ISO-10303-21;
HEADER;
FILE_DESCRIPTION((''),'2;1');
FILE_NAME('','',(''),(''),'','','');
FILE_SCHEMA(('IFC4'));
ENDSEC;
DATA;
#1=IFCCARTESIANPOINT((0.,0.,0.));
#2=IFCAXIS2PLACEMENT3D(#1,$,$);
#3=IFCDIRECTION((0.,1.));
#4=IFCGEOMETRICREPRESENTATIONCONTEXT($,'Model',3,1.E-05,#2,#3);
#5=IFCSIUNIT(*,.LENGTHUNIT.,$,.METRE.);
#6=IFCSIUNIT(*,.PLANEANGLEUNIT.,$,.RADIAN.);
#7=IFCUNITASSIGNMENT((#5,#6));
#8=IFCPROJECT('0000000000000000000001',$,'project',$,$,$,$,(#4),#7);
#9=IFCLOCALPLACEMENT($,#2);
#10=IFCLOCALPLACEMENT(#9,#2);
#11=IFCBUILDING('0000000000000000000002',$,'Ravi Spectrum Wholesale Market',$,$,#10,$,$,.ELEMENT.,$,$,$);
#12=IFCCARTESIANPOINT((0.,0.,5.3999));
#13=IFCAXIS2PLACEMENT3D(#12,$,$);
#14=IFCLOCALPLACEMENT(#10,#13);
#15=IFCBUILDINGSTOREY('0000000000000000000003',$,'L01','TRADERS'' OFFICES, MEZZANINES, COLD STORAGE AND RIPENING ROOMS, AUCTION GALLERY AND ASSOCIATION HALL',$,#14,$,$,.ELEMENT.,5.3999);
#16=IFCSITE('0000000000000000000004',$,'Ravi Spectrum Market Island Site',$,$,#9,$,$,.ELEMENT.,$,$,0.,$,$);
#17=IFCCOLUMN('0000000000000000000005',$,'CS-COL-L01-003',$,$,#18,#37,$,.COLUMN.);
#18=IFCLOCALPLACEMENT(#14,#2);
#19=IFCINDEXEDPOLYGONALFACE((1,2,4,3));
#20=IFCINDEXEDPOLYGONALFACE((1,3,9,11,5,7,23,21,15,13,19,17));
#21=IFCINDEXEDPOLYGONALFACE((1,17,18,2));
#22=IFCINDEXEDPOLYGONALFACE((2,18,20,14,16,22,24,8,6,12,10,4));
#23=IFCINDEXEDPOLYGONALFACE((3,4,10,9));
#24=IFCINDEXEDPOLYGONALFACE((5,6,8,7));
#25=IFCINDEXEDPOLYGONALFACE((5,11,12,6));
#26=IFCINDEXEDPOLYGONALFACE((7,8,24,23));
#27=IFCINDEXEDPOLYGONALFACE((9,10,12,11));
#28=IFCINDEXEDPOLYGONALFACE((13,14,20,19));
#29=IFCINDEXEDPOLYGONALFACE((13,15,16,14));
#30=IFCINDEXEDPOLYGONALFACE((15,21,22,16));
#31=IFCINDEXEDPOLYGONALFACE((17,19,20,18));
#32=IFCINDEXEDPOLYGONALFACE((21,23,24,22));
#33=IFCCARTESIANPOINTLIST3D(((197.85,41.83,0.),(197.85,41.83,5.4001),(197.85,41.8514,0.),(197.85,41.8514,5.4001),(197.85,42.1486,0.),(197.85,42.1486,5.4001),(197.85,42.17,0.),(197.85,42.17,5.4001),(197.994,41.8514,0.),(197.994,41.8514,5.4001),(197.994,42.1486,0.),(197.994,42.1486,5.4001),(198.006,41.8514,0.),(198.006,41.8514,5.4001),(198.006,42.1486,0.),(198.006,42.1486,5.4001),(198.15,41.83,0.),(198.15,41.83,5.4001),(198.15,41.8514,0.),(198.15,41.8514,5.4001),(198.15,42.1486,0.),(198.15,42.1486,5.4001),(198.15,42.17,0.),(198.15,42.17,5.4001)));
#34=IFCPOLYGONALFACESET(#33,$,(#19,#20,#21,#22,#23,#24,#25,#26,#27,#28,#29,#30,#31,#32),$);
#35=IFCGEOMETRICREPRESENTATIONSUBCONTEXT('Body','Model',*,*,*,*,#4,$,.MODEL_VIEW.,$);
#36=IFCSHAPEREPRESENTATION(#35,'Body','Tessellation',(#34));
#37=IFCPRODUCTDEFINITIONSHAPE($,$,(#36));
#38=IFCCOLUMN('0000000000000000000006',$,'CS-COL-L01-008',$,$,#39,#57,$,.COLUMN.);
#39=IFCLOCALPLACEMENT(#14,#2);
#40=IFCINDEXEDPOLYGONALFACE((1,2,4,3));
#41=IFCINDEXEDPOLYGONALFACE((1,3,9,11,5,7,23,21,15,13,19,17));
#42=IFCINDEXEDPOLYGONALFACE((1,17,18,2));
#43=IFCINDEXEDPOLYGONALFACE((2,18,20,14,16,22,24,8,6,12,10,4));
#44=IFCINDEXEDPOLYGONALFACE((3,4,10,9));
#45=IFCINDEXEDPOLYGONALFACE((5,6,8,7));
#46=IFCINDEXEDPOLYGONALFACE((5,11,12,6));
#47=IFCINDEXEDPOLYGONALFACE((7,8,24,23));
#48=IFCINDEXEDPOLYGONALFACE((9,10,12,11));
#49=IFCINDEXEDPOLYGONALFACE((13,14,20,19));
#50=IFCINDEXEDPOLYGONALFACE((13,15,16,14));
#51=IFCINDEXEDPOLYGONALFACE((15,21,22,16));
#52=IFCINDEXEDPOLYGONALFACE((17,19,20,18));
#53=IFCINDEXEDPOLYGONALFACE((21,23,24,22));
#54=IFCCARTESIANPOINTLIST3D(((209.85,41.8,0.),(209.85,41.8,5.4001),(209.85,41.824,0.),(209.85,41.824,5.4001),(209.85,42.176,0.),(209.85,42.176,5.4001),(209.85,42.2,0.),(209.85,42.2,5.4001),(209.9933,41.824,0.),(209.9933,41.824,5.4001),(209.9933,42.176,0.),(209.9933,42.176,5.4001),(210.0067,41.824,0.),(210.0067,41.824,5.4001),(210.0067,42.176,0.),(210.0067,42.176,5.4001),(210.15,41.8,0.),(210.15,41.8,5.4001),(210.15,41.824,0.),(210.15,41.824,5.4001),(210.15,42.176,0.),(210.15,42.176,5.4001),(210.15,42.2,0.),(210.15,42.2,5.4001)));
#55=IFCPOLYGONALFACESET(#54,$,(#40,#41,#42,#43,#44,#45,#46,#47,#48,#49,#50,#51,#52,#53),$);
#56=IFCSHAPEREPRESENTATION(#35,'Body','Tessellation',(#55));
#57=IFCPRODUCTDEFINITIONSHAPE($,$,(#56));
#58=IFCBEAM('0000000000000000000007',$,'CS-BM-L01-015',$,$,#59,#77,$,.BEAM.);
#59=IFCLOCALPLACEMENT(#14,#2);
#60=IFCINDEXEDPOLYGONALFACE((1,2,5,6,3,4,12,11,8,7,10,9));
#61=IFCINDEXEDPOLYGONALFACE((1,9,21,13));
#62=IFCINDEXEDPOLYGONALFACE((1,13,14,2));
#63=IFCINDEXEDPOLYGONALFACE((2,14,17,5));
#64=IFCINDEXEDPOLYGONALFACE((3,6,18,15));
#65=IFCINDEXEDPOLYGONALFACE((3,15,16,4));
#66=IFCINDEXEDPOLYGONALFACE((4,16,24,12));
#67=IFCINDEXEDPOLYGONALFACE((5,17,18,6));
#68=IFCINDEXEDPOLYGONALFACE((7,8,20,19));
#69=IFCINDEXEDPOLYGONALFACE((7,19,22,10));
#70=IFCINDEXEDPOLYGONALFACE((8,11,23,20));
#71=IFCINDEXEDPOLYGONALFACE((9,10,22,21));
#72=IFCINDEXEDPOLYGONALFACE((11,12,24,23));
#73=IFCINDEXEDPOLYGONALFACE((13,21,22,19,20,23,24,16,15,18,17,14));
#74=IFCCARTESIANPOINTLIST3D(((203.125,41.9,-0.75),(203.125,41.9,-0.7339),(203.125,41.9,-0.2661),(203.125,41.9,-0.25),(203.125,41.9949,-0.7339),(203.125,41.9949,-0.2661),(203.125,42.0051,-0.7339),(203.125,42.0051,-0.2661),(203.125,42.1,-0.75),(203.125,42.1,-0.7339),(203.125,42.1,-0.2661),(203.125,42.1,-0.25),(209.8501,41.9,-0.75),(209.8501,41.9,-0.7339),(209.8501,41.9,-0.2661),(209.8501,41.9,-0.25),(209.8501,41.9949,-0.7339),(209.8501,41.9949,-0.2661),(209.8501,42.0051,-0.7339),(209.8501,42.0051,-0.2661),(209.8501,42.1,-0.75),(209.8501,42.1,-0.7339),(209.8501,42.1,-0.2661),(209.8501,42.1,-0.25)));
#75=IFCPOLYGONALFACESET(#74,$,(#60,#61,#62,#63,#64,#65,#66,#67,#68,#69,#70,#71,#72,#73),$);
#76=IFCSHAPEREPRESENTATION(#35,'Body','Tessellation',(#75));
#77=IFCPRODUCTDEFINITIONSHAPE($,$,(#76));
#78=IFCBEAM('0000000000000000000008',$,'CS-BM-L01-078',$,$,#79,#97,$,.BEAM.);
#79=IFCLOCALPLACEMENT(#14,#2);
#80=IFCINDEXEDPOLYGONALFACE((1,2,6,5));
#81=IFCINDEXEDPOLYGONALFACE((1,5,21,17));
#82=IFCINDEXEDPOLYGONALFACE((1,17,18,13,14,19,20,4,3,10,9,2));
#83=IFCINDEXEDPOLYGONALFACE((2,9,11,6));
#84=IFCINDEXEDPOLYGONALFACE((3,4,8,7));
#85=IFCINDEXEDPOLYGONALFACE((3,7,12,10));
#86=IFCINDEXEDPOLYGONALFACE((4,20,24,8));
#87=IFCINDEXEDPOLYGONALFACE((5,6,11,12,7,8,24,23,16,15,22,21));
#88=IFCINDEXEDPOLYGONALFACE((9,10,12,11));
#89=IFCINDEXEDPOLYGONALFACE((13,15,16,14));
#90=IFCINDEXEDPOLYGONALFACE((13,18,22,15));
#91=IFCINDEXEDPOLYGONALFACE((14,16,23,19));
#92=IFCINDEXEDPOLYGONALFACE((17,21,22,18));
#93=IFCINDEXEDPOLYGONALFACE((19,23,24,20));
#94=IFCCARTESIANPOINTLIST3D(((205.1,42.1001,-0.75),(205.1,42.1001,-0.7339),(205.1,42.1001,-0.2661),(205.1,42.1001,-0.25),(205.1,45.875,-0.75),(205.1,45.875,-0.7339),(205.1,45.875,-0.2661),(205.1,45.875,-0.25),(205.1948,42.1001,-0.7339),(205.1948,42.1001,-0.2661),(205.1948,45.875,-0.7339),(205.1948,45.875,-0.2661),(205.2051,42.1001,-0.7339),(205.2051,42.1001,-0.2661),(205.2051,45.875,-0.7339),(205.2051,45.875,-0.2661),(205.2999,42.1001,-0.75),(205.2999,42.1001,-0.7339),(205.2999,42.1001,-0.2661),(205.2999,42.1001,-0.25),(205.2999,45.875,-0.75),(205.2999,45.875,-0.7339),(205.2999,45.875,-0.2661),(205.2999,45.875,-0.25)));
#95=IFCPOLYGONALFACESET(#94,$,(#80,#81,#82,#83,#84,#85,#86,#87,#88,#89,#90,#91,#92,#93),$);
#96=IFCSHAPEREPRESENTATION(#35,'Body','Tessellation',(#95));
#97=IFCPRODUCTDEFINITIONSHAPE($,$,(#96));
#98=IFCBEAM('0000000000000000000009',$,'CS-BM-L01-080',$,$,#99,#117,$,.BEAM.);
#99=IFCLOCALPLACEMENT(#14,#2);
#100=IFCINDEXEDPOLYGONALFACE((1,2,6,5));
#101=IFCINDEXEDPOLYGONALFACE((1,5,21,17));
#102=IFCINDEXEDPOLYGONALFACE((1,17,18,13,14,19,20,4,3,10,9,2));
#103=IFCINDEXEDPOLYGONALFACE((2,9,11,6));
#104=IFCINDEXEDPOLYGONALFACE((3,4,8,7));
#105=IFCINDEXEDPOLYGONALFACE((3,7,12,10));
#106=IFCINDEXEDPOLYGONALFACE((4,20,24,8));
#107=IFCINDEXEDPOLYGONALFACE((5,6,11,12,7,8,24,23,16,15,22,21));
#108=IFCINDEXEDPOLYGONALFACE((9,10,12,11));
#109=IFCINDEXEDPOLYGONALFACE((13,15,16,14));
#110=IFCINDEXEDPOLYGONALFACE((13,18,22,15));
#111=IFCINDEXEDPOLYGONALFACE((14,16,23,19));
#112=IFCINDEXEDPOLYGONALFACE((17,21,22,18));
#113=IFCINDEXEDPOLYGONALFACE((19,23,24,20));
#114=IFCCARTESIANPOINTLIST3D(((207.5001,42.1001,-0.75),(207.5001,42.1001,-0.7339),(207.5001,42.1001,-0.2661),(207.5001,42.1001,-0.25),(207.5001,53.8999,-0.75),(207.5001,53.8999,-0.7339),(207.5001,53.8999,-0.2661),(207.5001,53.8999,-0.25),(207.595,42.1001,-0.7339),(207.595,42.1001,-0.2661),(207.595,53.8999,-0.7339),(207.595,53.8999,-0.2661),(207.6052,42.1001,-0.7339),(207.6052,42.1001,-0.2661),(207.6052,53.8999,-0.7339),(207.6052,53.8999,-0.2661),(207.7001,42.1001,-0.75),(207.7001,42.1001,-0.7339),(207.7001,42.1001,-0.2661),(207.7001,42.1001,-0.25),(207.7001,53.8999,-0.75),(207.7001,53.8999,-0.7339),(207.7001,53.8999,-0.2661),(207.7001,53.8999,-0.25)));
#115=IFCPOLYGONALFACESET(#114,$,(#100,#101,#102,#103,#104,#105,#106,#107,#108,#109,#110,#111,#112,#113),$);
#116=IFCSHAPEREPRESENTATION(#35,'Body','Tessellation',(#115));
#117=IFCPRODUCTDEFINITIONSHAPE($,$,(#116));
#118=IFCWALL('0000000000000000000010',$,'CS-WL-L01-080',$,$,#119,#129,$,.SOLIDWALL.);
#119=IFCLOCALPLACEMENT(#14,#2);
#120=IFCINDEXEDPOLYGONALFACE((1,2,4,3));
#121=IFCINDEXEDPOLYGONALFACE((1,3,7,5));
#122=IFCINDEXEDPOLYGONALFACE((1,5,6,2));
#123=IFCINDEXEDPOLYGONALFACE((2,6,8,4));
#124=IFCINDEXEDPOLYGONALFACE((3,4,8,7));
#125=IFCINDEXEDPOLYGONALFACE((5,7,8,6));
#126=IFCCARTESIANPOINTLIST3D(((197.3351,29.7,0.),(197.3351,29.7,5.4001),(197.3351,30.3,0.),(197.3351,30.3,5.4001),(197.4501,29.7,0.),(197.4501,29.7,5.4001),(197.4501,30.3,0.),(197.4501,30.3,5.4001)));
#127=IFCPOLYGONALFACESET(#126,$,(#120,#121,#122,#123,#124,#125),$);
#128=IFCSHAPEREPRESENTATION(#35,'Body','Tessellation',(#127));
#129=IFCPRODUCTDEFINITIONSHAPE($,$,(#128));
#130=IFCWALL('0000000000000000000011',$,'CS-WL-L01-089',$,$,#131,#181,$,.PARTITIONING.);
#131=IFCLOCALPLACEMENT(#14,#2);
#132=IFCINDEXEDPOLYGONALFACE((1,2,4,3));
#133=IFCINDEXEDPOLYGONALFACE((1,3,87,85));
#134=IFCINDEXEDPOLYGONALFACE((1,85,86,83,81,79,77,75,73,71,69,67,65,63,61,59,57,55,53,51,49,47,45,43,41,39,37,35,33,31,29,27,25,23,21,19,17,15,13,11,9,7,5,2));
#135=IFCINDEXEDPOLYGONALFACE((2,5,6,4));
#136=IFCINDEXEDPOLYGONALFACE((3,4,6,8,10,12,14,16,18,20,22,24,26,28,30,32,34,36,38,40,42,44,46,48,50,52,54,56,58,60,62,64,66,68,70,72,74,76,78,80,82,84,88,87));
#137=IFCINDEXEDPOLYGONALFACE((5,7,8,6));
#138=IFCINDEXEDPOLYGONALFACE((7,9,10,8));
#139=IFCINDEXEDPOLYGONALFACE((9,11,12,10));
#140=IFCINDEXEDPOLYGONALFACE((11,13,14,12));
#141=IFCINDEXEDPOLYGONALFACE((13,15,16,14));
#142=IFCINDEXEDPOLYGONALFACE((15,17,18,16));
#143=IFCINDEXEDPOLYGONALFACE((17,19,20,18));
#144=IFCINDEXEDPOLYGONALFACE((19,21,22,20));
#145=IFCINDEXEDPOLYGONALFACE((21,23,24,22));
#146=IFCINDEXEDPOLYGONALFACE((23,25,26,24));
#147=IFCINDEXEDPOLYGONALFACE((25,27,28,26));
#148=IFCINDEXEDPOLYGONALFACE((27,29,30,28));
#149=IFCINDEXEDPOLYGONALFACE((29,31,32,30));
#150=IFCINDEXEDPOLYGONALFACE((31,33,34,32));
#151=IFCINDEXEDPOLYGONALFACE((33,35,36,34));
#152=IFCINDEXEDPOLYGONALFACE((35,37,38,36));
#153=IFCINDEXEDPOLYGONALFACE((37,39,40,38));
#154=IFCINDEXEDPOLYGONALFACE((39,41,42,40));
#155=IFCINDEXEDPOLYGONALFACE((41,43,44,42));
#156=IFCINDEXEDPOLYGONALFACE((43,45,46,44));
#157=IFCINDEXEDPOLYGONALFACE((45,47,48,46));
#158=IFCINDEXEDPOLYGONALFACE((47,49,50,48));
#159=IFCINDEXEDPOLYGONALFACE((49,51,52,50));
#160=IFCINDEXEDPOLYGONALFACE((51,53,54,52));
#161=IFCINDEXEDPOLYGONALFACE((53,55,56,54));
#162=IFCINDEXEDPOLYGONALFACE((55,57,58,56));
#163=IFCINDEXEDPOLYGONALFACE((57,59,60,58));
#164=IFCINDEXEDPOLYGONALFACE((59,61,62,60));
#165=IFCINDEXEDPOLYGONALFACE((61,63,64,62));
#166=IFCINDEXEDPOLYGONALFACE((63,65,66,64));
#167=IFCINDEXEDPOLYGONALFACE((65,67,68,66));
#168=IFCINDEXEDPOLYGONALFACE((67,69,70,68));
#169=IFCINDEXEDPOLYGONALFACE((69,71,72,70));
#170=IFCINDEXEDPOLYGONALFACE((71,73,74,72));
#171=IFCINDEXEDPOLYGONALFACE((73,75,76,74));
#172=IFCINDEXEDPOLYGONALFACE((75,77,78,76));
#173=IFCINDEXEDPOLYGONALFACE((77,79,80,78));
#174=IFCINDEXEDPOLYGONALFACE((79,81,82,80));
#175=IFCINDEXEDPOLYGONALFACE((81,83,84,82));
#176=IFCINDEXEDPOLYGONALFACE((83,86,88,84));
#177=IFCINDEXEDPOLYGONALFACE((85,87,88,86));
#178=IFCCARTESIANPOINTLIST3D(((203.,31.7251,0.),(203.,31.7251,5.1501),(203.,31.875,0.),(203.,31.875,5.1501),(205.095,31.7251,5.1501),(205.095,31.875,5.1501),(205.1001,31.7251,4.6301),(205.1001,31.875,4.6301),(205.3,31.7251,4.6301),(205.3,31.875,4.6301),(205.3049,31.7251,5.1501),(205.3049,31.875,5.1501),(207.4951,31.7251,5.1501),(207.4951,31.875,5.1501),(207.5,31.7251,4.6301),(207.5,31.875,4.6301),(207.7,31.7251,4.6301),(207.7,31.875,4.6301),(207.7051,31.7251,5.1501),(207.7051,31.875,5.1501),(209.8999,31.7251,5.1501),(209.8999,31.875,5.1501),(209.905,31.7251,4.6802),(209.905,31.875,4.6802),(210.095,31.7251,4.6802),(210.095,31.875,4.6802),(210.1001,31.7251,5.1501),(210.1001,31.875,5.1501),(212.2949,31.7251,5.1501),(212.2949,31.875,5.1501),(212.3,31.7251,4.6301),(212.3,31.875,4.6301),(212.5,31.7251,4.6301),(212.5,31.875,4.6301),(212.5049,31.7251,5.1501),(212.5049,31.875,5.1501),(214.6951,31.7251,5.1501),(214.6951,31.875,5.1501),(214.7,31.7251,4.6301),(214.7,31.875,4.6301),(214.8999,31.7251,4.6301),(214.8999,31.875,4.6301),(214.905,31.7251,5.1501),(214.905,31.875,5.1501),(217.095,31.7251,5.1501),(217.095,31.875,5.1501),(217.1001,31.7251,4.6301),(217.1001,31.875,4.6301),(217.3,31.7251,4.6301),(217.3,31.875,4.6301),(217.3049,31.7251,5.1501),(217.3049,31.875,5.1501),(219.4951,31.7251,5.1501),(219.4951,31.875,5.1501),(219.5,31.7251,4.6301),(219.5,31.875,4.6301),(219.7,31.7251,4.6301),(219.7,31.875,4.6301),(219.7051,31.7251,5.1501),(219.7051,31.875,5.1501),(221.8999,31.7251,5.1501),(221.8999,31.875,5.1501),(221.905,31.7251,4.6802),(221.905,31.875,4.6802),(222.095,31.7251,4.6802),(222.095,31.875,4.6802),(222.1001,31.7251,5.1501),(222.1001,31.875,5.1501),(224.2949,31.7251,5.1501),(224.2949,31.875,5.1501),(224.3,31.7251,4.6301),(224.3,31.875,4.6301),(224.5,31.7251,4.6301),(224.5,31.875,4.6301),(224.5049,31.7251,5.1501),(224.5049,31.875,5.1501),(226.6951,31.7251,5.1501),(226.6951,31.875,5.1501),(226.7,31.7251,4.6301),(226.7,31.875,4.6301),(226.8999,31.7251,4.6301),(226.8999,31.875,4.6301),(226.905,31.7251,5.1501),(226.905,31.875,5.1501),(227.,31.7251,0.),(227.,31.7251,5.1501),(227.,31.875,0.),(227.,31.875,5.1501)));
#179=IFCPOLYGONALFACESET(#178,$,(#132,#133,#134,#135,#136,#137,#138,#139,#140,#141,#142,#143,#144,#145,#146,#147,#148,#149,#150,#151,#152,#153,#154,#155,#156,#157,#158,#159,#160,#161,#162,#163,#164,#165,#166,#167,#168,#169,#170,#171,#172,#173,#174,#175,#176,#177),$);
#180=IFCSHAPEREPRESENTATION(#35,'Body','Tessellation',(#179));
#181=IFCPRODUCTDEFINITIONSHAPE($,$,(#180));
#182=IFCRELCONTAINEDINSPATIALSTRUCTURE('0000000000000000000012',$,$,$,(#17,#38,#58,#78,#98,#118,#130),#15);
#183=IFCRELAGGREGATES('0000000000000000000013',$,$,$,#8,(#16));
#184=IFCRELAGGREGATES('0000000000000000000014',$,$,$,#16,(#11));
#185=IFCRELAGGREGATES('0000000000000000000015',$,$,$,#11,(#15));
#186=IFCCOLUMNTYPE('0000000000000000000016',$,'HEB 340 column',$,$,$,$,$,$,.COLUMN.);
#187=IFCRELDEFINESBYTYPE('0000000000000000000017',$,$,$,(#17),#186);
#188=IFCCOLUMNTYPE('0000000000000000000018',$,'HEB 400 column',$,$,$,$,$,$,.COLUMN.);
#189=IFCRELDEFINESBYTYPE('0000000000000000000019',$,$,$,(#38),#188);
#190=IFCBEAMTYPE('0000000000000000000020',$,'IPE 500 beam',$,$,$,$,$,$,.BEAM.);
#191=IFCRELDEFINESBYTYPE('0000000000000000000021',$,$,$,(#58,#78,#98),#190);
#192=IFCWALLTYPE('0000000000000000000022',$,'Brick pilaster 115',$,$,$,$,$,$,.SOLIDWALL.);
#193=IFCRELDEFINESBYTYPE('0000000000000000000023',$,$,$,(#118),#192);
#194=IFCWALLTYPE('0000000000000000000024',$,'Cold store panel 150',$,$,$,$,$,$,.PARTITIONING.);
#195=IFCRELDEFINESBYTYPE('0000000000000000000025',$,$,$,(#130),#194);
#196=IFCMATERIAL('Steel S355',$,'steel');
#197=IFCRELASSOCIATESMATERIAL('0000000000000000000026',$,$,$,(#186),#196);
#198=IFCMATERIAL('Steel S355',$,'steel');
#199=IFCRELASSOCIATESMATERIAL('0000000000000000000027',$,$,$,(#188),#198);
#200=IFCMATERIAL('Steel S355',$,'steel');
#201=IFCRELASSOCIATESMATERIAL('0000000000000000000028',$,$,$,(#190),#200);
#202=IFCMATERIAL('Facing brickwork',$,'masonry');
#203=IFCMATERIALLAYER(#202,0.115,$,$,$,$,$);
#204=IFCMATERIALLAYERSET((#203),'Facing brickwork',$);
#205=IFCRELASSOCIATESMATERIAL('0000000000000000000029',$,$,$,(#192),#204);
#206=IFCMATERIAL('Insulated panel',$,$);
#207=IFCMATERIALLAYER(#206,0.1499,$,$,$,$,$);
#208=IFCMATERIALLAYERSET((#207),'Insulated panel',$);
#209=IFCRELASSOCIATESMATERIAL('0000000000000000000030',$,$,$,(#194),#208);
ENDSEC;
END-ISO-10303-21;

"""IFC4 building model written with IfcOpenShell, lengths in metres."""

from ifc_helpers import new_model, si_unit, direction, frame, frame_2d, origin, origin_2d, place, context, subcontext, project, spatial, polyline, rectangle, i_section, outline, extrude, material, layer, layer_set, material_profile, profile_set, type_object, element, save


model = new_model("IFC4")

# Units and contexts
model_context = context("Model", 3, precision=1e-05, world=origin(), true_north=direction((0.0, 1.0)))
body_context = subcontext(model_context, "Body", "Model", "MODEL_VIEW")
ifc_project = project(units=[si_unit("LENGTHUNIT", "METRE"), si_unit("PLANEANGLEUNIT", "RADIAN")], contexts=[model_context])

# Site, building, storey
site_placement = place(None, origin())
site = spatial("IfcSite", under=ifc_project, at=site_placement, Name="Ravi Spectrum Market Island Site", CompositionType="ELEMENT", RefElevation=0.0)
building_placement = place(site_placement, origin())
building = spatial("IfcBuilding", under=site, at=building_placement, Name="Ravi Spectrum Wholesale Market", CompositionType="ELEMENT")
storey_placement = place(building_placement, frame((0.0, 0.0, 5.3999)))
storey = spatial("IfcBuildingStorey", under=building, at=storey_placement, Name="L01", Description="TRADERS' OFFICES, MEZZANINES, COLD STORAGE AND RIPENING ROOMS, AUCTION GALLERY AND ASSOCIATION HALL", CompositionType="ELEMENT", Elevation=5.3999)

# Columns
ifc_material_1 = material(Name="Steel S355", Category="steel")
ifc_material_profile_1 = material_profile(ifc_material_1, i_section(OverallWidth=0.3, OverallDepth=0.3401, WebThickness=0.012, FlangeThickness=0.0215, at=origin_2d()))
ifc_profile_set_1 = profile_set([ifc_material_profile_1], Name="Steel S355")
column_type_1 = type_object("IfcColumnType", Name="HEB 340 column", PredefinedType="COLUMN", material=ifc_profile_set_1)
column_1_placement = place(storey_placement, frame((198.0, 42.0, 0.0), z_axis=(0.0, 0.0, 1.0), x_axis=(1.0, 0.0, 0.0)))
element("IfcColumn", 1, at=column_1_placement, inside=storey, type_object=column_type_1, Name="CS-COL-L01-003", PredefinedType="COLUMN", context=body_context, shape_type="SweptSolid", body=[
    extrude(i_section(OverallWidth=0.3, OverallDepth=0.3401, WebThickness=0.012, FlangeThickness=0.0215, at=origin_2d()), origin(), (0.0, 0.0, 1.0), 5.4001),
])
ifc_material_2 = material(Name="Steel S355", Category="steel")
ifc_material_profile_2 = material_profile(ifc_material_2, i_section(OverallWidth=0.3, OverallDepth=0.3999, WebThickness=0.0134, FlangeThickness=0.0239, at=origin_2d()))
ifc_profile_set_2 = profile_set([ifc_material_profile_2], Name="Steel S355")
column_type_2 = type_object("IfcColumnType", Name="HEB 400 column", PredefinedType="COLUMN", material=ifc_profile_set_2)
column_2_placement = place(storey_placement, frame((210.0, 42.0, 0.0), z_axis=(0.0, 0.0, 1.0), x_axis=(1.0, 0.0, 0.0)))
element("IfcColumn", 2, at=column_2_placement, inside=storey, type_object=column_type_2, Name="CS-COL-L01-008", PredefinedType="COLUMN", context=body_context, shape_type="SweptSolid", body=[
    extrude(i_section(OverallWidth=0.3, OverallDepth=0.3999, WebThickness=0.0134, FlangeThickness=0.0239, at=origin_2d()), origin(), (0.0, 0.0, 1.0), 5.4001),
])

# Beams
ifc_material_3 = material(Name="Steel S355", Category="steel")
ifc_material_profile_3 = material_profile(ifc_material_3, i_section(OverallWidth=0.2, OverallDepth=0.5, WebThickness=0.0103, FlangeThickness=0.0161, at=origin_2d()))
ifc_profile_set_3 = profile_set([ifc_material_profile_3], Name="Steel S355")
beam_type = type_object("IfcBeamType", Name="IPE 500 beam", PredefinedType="BEAM", material=ifc_profile_set_3)
beam_1_placement = place(storey_placement, frame((203.125, 42.0, -0.5), z_axis=(1.0, 0.0, 0.0), x_axis=(0.0, 1.0, 0.0)))
element("IfcBeam", 3, at=beam_1_placement, inside=storey, type_object=beam_type, Name="CS-BM-L01-015", PredefinedType="BEAM", context=body_context, shape_type="SweptSolid", body=[
    extrude(i_section(OverallWidth=0.2, OverallDepth=0.5, WebThickness=0.0103, FlangeThickness=0.0161, at=origin_2d()), origin(), (0.0, 0.0, 1.0), 6.7251),
])
beam_2_placement = place(storey_placement, frame((205.2, 42.1001, -0.5), z_axis=(0.0, 1.0, 0.0), x_axis=(-1.0, 0.0, 0.0)))
element("IfcBeam", 4, at=beam_2_placement, inside=storey, type_object=beam_type, Name="CS-BM-L01-078", PredefinedType="BEAM", context=body_context, shape_type="SweptSolid", body=[
    extrude(i_section(OverallWidth=0.2, OverallDepth=0.5, WebThickness=0.0103, FlangeThickness=0.0161, at=origin_2d()), origin(), (0.0, 0.0, 1.0), 3.7749),
])
beam_3_placement = place(storey_placement, frame((207.6001, 42.1001, -0.5), z_axis=(0.0, 1.0, 0.0), x_axis=(-1.0, 0.0, 0.0)))
element("IfcBeam", 5, at=beam_3_placement, inside=storey, type_object=beam_type, Name="CS-BM-L01-080", PredefinedType="BEAM", context=body_context, shape_type="SweptSolid", body=[
    extrude(i_section(OverallWidth=0.2, OverallDepth=0.5, WebThickness=0.0103, FlangeThickness=0.0161, at=origin_2d()), origin(), (0.0, 0.0, 1.0), 11.7998),
])

# Walls
ifc_material_4 = material(Name="Facing brickwork", Category="masonry")
ifc_layer_1 = layer(ifc_material_4, 0.115)
ifc_layer_set_1 = layer_set([ifc_layer_1], Name="Facing brickwork")
wall_type_1 = type_object("IfcWallType", Name="Brick pilaster 115", PredefinedType="SOLIDWALL", material=ifc_layer_set_1)
wall_1_placement = place(storey_placement, frame((197.3926, 30.3, 0.0), z_axis=(0.0, 0.0, 1.0), x_axis=(0.0, -1.0, 0.0)))
element("IfcWall", 6, at=wall_1_placement, inside=storey, type_object=wall_type_1, Name="CS-WL-L01-080", PredefinedType="SOLIDWALL", context=body_context, shape_type="SweptSolid", body=[
    extrude(rectangle(XDim=0.6001, YDim=0.115, at=frame_2d((0.3, 0.0))), origin(), (0.0, 0.0, 1.0), 5.4001),
])
ifc_material_5 = material(Name="Insulated panel")
ifc_layer_2 = layer(ifc_material_5, 0.1499)
ifc_layer_set_2 = layer_set([ifc_layer_2], Name="Insulated panel")
wall_type_2 = type_object("IfcWallType", Name="Cold store panel 150", PredefinedType="PARTITIONING", material=ifc_layer_set_2)
wall_2_placement = place(storey_placement, frame((203.0, 31.8, 0.0), z_axis=(0.0, 0.0, 1.0), x_axis=(1.0, 0.0, 0.0)))
element("IfcWall", 7, at=wall_2_placement, inside=storey, type_object=wall_type_2, Name="CS-WL-L01-089", PredefinedType="PARTITIONING", context=body_context, shape_type="SweptSolid", body=[
    extrude(outline(polyline([(0.0, 0.0), (24.0, 0.0), (24.0, 5.1501), (23.905, 5.1501), (23.8999, 4.6301), (23.7, 4.6301), (23.6951, 5.1501), (21.5049, 5.1501), (21.5, 4.6301), (21.3, 4.6301), (21.2949, 5.1501), (19.1001, 5.1501), (19.095, 4.6802), (18.905, 4.6802), (18.8999, 5.1501), (16.7051, 5.1501), (16.7, 4.6301), (16.5, 4.6301), (16.4951, 5.1501), (14.3049, 5.1501), (14.3, 4.6301), (14.1001, 4.6301), (14.095, 5.1501), (11.905, 5.1501), (11.8999, 4.6301), (11.7, 4.6301), (11.6951, 5.1501), (9.5049, 5.1501), (9.5, 4.6301), (9.3, 4.6301), (9.2949, 5.1501), (7.1001, 5.1501), (7.095, 4.6802), (6.905, 4.6802), (6.8999, 5.1501), (4.7051, 5.1501), (4.7, 4.6301), (4.5, 4.6301), (4.4951, 5.1501), (2.3049, 5.1501), (2.3, 4.6301), (2.1001, 4.6301), (2.095, 5.1501), (0.0, 5.1501), (0.0, 0.0)])), frame((0.0, 0.075, 0.0), z_axis=(0.0, -1.0, 0.0), x_axis=(1.0, 0.0, 0.0)), (0.0, 0.0, 1.0), 0.1499),
])

save(model, "model.ifc")
